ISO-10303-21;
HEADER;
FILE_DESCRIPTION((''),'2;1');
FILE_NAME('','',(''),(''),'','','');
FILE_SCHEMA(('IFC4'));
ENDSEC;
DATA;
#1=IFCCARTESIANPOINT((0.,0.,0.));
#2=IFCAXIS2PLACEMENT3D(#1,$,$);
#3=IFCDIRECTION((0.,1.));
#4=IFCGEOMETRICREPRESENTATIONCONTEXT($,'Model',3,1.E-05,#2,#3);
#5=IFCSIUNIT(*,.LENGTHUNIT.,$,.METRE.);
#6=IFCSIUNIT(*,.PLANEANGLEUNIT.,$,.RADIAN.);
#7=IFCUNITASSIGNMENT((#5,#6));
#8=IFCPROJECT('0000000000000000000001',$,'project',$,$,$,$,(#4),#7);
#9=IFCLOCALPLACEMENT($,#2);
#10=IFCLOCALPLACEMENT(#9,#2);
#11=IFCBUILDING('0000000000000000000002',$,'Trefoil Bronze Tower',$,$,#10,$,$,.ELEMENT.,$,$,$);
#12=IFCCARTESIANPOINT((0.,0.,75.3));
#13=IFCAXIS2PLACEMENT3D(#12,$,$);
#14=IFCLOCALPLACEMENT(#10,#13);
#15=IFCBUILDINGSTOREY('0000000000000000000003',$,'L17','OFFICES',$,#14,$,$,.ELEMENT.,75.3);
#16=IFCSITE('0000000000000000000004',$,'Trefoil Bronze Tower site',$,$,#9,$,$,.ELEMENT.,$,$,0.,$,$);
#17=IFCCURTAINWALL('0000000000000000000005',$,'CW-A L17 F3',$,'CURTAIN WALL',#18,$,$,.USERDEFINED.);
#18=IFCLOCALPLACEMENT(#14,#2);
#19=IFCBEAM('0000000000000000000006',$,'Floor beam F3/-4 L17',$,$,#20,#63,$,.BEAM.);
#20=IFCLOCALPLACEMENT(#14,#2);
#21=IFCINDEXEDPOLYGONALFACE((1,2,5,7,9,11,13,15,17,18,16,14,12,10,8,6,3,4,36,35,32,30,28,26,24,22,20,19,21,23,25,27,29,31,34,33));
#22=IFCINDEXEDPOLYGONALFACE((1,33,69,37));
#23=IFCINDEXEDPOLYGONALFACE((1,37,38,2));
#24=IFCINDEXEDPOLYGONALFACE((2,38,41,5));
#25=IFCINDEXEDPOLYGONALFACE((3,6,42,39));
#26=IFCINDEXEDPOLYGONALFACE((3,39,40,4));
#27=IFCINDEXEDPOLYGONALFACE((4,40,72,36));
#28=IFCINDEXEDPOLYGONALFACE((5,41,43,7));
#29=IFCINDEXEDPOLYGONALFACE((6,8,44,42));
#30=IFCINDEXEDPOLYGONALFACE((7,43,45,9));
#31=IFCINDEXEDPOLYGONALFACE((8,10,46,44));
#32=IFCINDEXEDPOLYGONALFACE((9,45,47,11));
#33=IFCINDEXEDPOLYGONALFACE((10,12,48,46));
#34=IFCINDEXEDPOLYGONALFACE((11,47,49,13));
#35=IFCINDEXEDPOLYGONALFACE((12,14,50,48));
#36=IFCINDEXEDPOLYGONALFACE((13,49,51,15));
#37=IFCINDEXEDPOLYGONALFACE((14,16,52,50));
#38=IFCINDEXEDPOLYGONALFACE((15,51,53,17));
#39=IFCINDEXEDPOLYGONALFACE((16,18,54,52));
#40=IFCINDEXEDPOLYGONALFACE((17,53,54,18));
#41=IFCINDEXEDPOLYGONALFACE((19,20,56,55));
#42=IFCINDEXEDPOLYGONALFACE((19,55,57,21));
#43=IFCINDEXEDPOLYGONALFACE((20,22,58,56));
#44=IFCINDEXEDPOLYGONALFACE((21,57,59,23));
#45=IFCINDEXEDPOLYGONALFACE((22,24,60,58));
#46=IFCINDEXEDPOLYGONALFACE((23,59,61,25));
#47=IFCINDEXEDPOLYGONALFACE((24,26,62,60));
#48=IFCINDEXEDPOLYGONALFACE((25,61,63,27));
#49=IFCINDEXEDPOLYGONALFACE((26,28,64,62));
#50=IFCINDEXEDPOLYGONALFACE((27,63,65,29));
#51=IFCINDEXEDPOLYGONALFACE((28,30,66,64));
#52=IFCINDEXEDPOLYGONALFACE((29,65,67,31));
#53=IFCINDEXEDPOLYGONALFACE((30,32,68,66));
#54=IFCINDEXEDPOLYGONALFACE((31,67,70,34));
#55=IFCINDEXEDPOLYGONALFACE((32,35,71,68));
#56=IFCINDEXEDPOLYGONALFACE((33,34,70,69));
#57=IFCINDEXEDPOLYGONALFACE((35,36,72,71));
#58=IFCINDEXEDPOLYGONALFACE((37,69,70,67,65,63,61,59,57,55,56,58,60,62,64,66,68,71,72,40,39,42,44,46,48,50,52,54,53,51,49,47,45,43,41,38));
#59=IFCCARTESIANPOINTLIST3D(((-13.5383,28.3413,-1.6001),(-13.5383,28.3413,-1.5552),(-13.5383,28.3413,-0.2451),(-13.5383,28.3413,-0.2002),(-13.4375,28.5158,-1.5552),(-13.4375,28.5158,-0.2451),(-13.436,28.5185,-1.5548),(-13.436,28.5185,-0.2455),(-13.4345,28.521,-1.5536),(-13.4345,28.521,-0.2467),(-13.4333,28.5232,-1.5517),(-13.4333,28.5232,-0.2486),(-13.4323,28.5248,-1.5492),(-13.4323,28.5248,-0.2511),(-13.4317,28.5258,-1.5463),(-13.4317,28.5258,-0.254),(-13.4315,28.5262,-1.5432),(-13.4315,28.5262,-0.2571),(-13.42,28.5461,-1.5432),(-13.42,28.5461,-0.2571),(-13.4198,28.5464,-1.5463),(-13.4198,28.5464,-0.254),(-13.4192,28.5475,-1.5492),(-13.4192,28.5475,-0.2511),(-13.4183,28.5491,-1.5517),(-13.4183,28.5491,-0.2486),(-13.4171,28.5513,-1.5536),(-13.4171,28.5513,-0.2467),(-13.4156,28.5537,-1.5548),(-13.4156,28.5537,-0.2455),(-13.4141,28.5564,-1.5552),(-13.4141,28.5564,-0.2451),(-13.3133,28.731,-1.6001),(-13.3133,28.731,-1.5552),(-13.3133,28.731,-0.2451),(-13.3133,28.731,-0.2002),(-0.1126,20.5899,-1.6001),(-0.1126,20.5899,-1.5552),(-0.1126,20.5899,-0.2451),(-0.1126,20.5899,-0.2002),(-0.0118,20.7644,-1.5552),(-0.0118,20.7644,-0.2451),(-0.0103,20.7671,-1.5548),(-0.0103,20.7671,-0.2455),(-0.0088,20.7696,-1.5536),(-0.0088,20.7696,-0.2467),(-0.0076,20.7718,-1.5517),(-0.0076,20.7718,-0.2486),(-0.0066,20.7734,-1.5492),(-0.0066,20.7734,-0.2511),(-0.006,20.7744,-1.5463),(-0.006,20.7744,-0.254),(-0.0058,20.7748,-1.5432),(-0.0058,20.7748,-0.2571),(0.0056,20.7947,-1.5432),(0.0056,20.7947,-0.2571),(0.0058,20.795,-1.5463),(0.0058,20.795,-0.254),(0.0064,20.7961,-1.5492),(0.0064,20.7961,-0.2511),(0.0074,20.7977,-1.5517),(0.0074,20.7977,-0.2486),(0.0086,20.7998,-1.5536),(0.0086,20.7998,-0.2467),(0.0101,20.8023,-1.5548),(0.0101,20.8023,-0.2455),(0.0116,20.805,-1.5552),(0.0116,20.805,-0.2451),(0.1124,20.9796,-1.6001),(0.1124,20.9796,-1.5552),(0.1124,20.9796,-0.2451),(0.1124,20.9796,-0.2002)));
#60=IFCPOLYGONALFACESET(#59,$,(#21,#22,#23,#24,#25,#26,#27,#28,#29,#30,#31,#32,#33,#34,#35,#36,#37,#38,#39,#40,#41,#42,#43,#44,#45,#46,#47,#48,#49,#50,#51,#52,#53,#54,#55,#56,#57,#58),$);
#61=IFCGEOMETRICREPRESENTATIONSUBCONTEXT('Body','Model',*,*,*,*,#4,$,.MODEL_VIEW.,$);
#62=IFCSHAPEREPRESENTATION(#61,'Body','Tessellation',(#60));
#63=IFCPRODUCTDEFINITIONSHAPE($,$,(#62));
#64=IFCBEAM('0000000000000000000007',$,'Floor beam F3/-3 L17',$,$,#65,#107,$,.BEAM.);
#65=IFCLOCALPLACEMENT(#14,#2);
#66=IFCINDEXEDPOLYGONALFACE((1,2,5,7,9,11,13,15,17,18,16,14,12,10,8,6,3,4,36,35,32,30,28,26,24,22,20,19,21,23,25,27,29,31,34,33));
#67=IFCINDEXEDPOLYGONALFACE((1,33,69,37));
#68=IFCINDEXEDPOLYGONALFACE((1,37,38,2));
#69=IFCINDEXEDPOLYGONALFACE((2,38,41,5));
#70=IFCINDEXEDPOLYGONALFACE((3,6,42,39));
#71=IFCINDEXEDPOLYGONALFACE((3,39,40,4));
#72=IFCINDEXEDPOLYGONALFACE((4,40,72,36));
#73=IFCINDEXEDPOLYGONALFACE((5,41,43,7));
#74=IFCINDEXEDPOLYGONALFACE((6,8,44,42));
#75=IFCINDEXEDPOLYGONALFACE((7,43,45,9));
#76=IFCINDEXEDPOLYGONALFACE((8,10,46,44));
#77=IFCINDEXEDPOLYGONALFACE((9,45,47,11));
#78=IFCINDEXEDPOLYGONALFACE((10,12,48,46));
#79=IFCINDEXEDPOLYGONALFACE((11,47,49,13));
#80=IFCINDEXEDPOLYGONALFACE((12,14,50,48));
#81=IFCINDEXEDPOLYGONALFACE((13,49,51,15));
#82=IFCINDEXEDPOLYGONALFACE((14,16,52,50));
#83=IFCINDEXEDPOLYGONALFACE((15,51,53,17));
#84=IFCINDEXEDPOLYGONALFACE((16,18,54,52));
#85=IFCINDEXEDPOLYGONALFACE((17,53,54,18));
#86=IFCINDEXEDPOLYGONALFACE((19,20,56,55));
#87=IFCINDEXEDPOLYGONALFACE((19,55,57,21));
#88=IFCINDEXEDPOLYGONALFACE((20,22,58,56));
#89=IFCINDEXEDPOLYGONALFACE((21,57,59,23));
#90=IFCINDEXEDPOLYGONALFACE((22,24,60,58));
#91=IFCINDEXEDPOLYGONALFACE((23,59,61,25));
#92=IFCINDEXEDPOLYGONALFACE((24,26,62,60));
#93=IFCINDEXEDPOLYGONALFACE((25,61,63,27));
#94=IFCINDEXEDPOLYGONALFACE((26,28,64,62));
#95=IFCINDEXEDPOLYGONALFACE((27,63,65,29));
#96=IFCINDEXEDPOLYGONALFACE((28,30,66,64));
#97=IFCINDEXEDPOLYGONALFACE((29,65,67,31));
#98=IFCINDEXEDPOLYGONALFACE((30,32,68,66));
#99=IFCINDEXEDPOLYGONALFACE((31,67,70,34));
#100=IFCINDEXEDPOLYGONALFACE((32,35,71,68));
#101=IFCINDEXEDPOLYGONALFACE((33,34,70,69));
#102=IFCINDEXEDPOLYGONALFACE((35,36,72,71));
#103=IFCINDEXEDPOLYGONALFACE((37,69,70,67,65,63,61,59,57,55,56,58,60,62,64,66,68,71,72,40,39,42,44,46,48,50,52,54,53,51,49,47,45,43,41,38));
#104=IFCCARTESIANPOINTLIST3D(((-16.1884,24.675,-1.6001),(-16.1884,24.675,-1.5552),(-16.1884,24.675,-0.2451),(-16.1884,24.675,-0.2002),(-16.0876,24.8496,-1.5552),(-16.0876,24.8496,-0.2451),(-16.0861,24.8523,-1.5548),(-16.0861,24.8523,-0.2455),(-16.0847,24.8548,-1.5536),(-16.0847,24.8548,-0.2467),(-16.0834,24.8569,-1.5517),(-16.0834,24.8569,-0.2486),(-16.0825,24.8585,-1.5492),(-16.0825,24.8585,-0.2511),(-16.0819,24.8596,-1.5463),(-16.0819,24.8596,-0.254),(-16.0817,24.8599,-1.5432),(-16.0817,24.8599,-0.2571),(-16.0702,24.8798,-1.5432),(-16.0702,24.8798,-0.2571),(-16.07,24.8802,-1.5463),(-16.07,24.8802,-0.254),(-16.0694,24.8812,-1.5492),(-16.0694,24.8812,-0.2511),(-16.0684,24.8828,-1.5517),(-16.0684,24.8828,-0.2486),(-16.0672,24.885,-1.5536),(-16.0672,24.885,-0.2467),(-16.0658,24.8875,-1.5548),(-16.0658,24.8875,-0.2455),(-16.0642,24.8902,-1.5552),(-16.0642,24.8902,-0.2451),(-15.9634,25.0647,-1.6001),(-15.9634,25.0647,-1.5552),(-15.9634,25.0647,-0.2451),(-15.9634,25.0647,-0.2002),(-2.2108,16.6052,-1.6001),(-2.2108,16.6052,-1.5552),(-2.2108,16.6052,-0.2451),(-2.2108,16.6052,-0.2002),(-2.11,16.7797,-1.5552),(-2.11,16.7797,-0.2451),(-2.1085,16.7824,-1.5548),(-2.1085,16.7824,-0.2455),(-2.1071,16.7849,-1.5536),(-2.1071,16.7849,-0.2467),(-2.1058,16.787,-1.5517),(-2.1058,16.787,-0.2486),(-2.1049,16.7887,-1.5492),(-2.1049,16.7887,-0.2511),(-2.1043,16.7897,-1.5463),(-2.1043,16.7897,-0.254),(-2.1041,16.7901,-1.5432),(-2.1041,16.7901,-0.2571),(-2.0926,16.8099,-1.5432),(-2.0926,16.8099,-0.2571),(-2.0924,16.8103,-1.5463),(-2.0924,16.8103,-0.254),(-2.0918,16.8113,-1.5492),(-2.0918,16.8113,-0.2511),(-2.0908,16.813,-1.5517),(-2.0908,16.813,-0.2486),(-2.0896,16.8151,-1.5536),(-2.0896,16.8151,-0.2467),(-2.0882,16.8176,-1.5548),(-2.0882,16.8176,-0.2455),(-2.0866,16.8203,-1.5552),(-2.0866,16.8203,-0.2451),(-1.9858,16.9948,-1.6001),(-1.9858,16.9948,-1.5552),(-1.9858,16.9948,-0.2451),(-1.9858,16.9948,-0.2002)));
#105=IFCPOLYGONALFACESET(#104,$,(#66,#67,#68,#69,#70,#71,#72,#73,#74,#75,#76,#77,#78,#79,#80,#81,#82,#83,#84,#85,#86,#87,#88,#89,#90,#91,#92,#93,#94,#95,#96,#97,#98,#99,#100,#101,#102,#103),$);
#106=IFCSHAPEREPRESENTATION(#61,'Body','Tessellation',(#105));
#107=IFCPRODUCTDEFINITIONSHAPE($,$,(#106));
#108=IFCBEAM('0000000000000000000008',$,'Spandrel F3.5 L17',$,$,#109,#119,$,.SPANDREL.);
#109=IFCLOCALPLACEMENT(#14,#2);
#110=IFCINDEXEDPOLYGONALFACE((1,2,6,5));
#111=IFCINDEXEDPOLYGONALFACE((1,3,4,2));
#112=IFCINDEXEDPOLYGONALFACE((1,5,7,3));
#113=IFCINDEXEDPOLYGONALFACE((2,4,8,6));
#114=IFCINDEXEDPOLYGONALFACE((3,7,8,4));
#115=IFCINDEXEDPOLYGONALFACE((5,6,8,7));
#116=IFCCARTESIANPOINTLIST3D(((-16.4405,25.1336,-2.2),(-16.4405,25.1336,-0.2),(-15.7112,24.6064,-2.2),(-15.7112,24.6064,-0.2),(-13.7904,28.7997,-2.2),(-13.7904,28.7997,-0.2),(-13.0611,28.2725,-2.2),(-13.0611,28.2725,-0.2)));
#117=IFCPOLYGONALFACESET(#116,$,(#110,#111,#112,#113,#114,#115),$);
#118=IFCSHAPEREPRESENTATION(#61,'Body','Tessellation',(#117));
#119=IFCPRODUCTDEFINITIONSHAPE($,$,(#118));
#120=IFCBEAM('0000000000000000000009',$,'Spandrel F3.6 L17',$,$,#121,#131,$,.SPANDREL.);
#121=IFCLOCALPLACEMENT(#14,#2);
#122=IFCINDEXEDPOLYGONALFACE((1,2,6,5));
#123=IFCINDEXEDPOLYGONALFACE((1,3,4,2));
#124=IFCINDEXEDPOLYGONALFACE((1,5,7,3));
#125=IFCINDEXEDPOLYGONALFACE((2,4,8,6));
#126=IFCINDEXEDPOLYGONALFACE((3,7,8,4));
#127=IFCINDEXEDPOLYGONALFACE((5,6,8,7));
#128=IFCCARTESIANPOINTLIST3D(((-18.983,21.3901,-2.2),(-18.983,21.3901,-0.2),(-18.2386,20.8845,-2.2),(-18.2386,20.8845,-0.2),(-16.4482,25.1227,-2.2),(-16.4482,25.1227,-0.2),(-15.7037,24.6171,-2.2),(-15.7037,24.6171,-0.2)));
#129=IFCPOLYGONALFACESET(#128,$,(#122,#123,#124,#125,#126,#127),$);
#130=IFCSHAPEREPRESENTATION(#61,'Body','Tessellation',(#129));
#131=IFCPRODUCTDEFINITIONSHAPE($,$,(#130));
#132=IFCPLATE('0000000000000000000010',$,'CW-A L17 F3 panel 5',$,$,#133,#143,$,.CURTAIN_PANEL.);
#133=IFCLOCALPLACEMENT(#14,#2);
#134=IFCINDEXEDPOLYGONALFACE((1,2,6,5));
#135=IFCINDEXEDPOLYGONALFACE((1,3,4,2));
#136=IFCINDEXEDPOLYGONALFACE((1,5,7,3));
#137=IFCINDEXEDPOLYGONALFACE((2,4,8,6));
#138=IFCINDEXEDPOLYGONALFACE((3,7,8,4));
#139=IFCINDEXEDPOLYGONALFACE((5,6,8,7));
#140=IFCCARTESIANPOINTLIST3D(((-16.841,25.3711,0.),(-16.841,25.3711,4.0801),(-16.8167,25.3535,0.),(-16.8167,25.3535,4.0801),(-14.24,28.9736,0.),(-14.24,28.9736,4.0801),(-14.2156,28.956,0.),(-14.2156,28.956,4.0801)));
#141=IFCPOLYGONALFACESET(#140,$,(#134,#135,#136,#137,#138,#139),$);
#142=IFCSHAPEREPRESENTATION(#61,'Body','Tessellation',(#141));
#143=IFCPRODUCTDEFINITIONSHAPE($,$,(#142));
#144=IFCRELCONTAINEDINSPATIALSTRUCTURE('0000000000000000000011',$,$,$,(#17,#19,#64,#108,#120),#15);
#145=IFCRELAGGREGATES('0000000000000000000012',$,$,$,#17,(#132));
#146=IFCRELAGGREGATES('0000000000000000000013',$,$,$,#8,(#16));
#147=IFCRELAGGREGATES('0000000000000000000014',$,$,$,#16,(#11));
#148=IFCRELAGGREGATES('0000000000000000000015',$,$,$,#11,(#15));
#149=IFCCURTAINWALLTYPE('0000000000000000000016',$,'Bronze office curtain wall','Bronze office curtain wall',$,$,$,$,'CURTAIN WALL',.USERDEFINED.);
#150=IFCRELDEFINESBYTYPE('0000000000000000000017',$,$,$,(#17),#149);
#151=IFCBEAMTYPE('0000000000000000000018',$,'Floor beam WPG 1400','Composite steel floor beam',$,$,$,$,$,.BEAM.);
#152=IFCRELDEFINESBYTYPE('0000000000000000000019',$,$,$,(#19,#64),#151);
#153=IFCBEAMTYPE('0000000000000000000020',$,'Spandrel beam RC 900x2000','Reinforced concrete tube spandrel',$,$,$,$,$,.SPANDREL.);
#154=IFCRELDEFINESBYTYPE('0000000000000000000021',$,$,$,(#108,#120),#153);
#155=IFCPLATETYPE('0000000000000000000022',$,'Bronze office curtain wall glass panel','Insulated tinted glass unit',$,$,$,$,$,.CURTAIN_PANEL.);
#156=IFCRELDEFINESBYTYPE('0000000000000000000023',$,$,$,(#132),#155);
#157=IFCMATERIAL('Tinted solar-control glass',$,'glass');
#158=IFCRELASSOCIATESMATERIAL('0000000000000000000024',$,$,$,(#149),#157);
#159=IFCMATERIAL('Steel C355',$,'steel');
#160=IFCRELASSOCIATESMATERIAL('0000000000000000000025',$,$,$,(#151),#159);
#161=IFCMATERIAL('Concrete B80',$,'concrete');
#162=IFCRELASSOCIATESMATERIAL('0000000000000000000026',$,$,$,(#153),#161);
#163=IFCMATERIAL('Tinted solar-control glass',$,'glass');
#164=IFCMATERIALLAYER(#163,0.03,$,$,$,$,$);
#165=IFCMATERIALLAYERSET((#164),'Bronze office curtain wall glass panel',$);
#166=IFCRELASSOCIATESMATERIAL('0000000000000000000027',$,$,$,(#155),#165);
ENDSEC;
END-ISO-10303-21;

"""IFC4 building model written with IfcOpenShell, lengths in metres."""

from ifc_helpers import new_model, si_unit, direction, frame, origin, origin_2d, place, context, subcontext, project, spatial, rectangle, i_section, extrude, material, layer, layer_set, material_profile, profile_set, type_object, element, aggregate, save


model = new_model("IFC4")

# Units and contexts
model_context = context("Model", 3, precision=1e-05, world=origin(), true_north=direction((0.0, 1.0)))
body_context = subcontext(model_context, "Body", "Model", "MODEL_VIEW")
ifc_project = project(units=[si_unit("LENGTHUNIT", "METRE"), si_unit("PLANEANGLEUNIT", "RADIAN")], contexts=[model_context])

# Site, building, storey
site_placement = place(None, origin())
site = spatial("IfcSite", under=ifc_project, at=site_placement, Name="Trefoil Bronze Tower site", CompositionType="ELEMENT", RefElevation=0.0)
building_placement = place(site_placement, origin())
building = spatial("IfcBuilding", under=site, at=building_placement, Name="Trefoil Bronze Tower", CompositionType="ELEMENT")
storey_placement = place(building_placement, frame((0.0, 0.0, 75.3)))
storey = spatial("IfcBuildingStorey", under=building, at=storey_placement, Name="L17", Description="OFFICES", CompositionType="ELEMENT", Elevation=75.3)

# Curtain wall
ifc_material_1 = material(Name="Tinted solar-control glass", Category="glass")
curtain_wall_type = type_object("IfcCurtainWallType", Name="Bronze office curtain wall", Description="Bronze office curtain wall", ElementType="CURTAIN WALL", PredefinedType="USERDEFINED", material=ifc_material_1)
curtain_wall_placement = place(storey_placement, origin())
curtain_wall = element("IfcCurtainWall", 1, at=curtain_wall_placement, inside=storey, type_object=curtain_wall_type, Name="CW-A L17 F3", ObjectType="CURTAIN WALL", PredefinedType="USERDEFINED")

# Beams
ifc_material_2 = material(Name="Steel C355", Category="steel")
ifc_material_profile_1 = material_profile(ifc_material_2, i_section(OverallWidth=0.45, OverallDepth=1.3999, WebThickness=0.0229, FlangeThickness=0.0449, FilletRadius=0.012, at=origin_2d()), Name="WPG 1400")
ifc_profile_set_1 = profile_set([ifc_material_profile_1], Name="Steel C355")
beam_type_1 = type_object("IfcBeamType", Name="Floor beam WPG 1400", Description="Composite steel floor beam", PredefinedType="BEAM", material=ifc_profile_set_1)
beam_1_placement = place(storey_placement, frame((-13.4258, 28.5361, -0.9001), z_axis=(0.866023, -0.500004, 0.0), x_axis=(0.500004, 0.866023, 0.0)))
element("IfcBeam", 2, at=beam_1_placement, inside=storey, type_object=beam_type_1, Name="Floor beam F3/-4 L17", PredefinedType="BEAM", context=body_context, shape_type="SweptSolid", body=[
    extrude(i_section(OverallWidth=0.45, OverallDepth=1.3999, WebThickness=0.0229, FlangeThickness=0.0449, FilletRadius=0.012, at=origin_2d()), origin(), (0.0, 0.0, 1.0), 15.5027),
])
beam_2_placement = place(storey_placement, frame((-16.0759, 24.8699, -0.9001), z_axis=(0.866028, -0.499995, 0.0), x_axis=(0.499995, 0.866028, 0.0)))
element("IfcBeam", 3, at=beam_2_placement, inside=storey, type_object=beam_type_1, Name="Floor beam F3/-3 L17", PredefinedType="BEAM", context=body_context, shape_type="SweptSolid", body=[
    extrude(i_section(OverallWidth=0.45, OverallDepth=1.3999, WebThickness=0.0229, FlangeThickness=0.0449, FilletRadius=0.012, at=origin_2d()), origin(), (0.0, 0.0, 1.0), 16.1399),
])
ifc_material_3 = material(Name="Concrete B80", Category="concrete")
ifc_material_profile_2 = material_profile(ifc_material_3, rectangle(XDim=0.8999, YDim=2.0, at=origin_2d()), Name="RC 900x2000")
ifc_profile_set_2 = profile_set([ifc_material_profile_2], Name="Concrete B80")
beam_type_2 = type_object("IfcBeamType", Name="Spandrel beam RC 900x2000", Description="Reinforced concrete tube spandrel", PredefinedType="SPANDREL", material=ifc_profile_set_2)
beam_3_placement = place(storey_placement, frame((-13.4258, 28.5361, -1.2), z_axis=(-0.585824, -0.810439, 0.0), x_axis=(0.810439, -0.585824, 0.0)))
element("IfcBeam", 4, at=beam_3_placement, inside=storey, type_object=beam_type_2, Name="Spandrel F3.5 L17", PredefinedType="SPANDREL", context=body_context, shape_type="SweptSolid", body=[
    extrude(rectangle(XDim=0.8999, YDim=2.0, at=origin_2d()), origin(), (0.0, 0.0, 1.0), 4.5237),
])
beam_4_placement = place(storey_placement, frame((-16.0759, 24.8699, -1.2), z_axis=(-0.56181, -0.827267, 0.0), x_axis=(0.827267, -0.56181, 0.0)))
element("IfcBeam", 5, at=beam_4_placement, inside=storey, type_object=beam_type_2, Name="Spandrel F3.6 L17", PredefinedType="SPANDREL", context=body_context, shape_type="SweptSolid", body=[
    extrude(rectangle(XDim=0.8999, YDim=2.0, at=origin_2d()), origin(), (0.0, 0.0, 1.0), 4.512),
])

# Plate
ifc_material_4 = material(Name="Tinted solar-control glass", Category="glass")
ifc_layer_1 = layer(ifc_material_4, 0.03)
ifc_layer_set_1 = layer_set([ifc_layer_1], Name="Bronze office curtain wall glass panel")
plate_type = type_object("IfcPlateType", Name="Bronze office curtain wall glass panel", Description="Insulated tinted glass unit", PredefinedType="CURTAIN_PANEL", material=ifc_layer_set_1)
plate_placement = place(storey_placement, frame((-15.5283, 27.1636, 0.0), z_axis=(0.0, 0.0, 1.0), x_axis=(-0.585373, -0.810764, 0.0)))
plate = element("IfcPlate", 6, at=plate_placement, type_object=plate_type, Name="CW-A L17 F3 panel 5", PredefinedType="CURTAIN_PANEL", context=body_context, shape_type="SweptSolid", body=[
    extrude(rectangle(XDim=4.4434, YDim=0.03, at=origin_2d()), origin(), (0.0, 0.0, 1.0), 4.0801),
])
aggregate(curtain_wall, [plate])

save(model, "model.ifc")
